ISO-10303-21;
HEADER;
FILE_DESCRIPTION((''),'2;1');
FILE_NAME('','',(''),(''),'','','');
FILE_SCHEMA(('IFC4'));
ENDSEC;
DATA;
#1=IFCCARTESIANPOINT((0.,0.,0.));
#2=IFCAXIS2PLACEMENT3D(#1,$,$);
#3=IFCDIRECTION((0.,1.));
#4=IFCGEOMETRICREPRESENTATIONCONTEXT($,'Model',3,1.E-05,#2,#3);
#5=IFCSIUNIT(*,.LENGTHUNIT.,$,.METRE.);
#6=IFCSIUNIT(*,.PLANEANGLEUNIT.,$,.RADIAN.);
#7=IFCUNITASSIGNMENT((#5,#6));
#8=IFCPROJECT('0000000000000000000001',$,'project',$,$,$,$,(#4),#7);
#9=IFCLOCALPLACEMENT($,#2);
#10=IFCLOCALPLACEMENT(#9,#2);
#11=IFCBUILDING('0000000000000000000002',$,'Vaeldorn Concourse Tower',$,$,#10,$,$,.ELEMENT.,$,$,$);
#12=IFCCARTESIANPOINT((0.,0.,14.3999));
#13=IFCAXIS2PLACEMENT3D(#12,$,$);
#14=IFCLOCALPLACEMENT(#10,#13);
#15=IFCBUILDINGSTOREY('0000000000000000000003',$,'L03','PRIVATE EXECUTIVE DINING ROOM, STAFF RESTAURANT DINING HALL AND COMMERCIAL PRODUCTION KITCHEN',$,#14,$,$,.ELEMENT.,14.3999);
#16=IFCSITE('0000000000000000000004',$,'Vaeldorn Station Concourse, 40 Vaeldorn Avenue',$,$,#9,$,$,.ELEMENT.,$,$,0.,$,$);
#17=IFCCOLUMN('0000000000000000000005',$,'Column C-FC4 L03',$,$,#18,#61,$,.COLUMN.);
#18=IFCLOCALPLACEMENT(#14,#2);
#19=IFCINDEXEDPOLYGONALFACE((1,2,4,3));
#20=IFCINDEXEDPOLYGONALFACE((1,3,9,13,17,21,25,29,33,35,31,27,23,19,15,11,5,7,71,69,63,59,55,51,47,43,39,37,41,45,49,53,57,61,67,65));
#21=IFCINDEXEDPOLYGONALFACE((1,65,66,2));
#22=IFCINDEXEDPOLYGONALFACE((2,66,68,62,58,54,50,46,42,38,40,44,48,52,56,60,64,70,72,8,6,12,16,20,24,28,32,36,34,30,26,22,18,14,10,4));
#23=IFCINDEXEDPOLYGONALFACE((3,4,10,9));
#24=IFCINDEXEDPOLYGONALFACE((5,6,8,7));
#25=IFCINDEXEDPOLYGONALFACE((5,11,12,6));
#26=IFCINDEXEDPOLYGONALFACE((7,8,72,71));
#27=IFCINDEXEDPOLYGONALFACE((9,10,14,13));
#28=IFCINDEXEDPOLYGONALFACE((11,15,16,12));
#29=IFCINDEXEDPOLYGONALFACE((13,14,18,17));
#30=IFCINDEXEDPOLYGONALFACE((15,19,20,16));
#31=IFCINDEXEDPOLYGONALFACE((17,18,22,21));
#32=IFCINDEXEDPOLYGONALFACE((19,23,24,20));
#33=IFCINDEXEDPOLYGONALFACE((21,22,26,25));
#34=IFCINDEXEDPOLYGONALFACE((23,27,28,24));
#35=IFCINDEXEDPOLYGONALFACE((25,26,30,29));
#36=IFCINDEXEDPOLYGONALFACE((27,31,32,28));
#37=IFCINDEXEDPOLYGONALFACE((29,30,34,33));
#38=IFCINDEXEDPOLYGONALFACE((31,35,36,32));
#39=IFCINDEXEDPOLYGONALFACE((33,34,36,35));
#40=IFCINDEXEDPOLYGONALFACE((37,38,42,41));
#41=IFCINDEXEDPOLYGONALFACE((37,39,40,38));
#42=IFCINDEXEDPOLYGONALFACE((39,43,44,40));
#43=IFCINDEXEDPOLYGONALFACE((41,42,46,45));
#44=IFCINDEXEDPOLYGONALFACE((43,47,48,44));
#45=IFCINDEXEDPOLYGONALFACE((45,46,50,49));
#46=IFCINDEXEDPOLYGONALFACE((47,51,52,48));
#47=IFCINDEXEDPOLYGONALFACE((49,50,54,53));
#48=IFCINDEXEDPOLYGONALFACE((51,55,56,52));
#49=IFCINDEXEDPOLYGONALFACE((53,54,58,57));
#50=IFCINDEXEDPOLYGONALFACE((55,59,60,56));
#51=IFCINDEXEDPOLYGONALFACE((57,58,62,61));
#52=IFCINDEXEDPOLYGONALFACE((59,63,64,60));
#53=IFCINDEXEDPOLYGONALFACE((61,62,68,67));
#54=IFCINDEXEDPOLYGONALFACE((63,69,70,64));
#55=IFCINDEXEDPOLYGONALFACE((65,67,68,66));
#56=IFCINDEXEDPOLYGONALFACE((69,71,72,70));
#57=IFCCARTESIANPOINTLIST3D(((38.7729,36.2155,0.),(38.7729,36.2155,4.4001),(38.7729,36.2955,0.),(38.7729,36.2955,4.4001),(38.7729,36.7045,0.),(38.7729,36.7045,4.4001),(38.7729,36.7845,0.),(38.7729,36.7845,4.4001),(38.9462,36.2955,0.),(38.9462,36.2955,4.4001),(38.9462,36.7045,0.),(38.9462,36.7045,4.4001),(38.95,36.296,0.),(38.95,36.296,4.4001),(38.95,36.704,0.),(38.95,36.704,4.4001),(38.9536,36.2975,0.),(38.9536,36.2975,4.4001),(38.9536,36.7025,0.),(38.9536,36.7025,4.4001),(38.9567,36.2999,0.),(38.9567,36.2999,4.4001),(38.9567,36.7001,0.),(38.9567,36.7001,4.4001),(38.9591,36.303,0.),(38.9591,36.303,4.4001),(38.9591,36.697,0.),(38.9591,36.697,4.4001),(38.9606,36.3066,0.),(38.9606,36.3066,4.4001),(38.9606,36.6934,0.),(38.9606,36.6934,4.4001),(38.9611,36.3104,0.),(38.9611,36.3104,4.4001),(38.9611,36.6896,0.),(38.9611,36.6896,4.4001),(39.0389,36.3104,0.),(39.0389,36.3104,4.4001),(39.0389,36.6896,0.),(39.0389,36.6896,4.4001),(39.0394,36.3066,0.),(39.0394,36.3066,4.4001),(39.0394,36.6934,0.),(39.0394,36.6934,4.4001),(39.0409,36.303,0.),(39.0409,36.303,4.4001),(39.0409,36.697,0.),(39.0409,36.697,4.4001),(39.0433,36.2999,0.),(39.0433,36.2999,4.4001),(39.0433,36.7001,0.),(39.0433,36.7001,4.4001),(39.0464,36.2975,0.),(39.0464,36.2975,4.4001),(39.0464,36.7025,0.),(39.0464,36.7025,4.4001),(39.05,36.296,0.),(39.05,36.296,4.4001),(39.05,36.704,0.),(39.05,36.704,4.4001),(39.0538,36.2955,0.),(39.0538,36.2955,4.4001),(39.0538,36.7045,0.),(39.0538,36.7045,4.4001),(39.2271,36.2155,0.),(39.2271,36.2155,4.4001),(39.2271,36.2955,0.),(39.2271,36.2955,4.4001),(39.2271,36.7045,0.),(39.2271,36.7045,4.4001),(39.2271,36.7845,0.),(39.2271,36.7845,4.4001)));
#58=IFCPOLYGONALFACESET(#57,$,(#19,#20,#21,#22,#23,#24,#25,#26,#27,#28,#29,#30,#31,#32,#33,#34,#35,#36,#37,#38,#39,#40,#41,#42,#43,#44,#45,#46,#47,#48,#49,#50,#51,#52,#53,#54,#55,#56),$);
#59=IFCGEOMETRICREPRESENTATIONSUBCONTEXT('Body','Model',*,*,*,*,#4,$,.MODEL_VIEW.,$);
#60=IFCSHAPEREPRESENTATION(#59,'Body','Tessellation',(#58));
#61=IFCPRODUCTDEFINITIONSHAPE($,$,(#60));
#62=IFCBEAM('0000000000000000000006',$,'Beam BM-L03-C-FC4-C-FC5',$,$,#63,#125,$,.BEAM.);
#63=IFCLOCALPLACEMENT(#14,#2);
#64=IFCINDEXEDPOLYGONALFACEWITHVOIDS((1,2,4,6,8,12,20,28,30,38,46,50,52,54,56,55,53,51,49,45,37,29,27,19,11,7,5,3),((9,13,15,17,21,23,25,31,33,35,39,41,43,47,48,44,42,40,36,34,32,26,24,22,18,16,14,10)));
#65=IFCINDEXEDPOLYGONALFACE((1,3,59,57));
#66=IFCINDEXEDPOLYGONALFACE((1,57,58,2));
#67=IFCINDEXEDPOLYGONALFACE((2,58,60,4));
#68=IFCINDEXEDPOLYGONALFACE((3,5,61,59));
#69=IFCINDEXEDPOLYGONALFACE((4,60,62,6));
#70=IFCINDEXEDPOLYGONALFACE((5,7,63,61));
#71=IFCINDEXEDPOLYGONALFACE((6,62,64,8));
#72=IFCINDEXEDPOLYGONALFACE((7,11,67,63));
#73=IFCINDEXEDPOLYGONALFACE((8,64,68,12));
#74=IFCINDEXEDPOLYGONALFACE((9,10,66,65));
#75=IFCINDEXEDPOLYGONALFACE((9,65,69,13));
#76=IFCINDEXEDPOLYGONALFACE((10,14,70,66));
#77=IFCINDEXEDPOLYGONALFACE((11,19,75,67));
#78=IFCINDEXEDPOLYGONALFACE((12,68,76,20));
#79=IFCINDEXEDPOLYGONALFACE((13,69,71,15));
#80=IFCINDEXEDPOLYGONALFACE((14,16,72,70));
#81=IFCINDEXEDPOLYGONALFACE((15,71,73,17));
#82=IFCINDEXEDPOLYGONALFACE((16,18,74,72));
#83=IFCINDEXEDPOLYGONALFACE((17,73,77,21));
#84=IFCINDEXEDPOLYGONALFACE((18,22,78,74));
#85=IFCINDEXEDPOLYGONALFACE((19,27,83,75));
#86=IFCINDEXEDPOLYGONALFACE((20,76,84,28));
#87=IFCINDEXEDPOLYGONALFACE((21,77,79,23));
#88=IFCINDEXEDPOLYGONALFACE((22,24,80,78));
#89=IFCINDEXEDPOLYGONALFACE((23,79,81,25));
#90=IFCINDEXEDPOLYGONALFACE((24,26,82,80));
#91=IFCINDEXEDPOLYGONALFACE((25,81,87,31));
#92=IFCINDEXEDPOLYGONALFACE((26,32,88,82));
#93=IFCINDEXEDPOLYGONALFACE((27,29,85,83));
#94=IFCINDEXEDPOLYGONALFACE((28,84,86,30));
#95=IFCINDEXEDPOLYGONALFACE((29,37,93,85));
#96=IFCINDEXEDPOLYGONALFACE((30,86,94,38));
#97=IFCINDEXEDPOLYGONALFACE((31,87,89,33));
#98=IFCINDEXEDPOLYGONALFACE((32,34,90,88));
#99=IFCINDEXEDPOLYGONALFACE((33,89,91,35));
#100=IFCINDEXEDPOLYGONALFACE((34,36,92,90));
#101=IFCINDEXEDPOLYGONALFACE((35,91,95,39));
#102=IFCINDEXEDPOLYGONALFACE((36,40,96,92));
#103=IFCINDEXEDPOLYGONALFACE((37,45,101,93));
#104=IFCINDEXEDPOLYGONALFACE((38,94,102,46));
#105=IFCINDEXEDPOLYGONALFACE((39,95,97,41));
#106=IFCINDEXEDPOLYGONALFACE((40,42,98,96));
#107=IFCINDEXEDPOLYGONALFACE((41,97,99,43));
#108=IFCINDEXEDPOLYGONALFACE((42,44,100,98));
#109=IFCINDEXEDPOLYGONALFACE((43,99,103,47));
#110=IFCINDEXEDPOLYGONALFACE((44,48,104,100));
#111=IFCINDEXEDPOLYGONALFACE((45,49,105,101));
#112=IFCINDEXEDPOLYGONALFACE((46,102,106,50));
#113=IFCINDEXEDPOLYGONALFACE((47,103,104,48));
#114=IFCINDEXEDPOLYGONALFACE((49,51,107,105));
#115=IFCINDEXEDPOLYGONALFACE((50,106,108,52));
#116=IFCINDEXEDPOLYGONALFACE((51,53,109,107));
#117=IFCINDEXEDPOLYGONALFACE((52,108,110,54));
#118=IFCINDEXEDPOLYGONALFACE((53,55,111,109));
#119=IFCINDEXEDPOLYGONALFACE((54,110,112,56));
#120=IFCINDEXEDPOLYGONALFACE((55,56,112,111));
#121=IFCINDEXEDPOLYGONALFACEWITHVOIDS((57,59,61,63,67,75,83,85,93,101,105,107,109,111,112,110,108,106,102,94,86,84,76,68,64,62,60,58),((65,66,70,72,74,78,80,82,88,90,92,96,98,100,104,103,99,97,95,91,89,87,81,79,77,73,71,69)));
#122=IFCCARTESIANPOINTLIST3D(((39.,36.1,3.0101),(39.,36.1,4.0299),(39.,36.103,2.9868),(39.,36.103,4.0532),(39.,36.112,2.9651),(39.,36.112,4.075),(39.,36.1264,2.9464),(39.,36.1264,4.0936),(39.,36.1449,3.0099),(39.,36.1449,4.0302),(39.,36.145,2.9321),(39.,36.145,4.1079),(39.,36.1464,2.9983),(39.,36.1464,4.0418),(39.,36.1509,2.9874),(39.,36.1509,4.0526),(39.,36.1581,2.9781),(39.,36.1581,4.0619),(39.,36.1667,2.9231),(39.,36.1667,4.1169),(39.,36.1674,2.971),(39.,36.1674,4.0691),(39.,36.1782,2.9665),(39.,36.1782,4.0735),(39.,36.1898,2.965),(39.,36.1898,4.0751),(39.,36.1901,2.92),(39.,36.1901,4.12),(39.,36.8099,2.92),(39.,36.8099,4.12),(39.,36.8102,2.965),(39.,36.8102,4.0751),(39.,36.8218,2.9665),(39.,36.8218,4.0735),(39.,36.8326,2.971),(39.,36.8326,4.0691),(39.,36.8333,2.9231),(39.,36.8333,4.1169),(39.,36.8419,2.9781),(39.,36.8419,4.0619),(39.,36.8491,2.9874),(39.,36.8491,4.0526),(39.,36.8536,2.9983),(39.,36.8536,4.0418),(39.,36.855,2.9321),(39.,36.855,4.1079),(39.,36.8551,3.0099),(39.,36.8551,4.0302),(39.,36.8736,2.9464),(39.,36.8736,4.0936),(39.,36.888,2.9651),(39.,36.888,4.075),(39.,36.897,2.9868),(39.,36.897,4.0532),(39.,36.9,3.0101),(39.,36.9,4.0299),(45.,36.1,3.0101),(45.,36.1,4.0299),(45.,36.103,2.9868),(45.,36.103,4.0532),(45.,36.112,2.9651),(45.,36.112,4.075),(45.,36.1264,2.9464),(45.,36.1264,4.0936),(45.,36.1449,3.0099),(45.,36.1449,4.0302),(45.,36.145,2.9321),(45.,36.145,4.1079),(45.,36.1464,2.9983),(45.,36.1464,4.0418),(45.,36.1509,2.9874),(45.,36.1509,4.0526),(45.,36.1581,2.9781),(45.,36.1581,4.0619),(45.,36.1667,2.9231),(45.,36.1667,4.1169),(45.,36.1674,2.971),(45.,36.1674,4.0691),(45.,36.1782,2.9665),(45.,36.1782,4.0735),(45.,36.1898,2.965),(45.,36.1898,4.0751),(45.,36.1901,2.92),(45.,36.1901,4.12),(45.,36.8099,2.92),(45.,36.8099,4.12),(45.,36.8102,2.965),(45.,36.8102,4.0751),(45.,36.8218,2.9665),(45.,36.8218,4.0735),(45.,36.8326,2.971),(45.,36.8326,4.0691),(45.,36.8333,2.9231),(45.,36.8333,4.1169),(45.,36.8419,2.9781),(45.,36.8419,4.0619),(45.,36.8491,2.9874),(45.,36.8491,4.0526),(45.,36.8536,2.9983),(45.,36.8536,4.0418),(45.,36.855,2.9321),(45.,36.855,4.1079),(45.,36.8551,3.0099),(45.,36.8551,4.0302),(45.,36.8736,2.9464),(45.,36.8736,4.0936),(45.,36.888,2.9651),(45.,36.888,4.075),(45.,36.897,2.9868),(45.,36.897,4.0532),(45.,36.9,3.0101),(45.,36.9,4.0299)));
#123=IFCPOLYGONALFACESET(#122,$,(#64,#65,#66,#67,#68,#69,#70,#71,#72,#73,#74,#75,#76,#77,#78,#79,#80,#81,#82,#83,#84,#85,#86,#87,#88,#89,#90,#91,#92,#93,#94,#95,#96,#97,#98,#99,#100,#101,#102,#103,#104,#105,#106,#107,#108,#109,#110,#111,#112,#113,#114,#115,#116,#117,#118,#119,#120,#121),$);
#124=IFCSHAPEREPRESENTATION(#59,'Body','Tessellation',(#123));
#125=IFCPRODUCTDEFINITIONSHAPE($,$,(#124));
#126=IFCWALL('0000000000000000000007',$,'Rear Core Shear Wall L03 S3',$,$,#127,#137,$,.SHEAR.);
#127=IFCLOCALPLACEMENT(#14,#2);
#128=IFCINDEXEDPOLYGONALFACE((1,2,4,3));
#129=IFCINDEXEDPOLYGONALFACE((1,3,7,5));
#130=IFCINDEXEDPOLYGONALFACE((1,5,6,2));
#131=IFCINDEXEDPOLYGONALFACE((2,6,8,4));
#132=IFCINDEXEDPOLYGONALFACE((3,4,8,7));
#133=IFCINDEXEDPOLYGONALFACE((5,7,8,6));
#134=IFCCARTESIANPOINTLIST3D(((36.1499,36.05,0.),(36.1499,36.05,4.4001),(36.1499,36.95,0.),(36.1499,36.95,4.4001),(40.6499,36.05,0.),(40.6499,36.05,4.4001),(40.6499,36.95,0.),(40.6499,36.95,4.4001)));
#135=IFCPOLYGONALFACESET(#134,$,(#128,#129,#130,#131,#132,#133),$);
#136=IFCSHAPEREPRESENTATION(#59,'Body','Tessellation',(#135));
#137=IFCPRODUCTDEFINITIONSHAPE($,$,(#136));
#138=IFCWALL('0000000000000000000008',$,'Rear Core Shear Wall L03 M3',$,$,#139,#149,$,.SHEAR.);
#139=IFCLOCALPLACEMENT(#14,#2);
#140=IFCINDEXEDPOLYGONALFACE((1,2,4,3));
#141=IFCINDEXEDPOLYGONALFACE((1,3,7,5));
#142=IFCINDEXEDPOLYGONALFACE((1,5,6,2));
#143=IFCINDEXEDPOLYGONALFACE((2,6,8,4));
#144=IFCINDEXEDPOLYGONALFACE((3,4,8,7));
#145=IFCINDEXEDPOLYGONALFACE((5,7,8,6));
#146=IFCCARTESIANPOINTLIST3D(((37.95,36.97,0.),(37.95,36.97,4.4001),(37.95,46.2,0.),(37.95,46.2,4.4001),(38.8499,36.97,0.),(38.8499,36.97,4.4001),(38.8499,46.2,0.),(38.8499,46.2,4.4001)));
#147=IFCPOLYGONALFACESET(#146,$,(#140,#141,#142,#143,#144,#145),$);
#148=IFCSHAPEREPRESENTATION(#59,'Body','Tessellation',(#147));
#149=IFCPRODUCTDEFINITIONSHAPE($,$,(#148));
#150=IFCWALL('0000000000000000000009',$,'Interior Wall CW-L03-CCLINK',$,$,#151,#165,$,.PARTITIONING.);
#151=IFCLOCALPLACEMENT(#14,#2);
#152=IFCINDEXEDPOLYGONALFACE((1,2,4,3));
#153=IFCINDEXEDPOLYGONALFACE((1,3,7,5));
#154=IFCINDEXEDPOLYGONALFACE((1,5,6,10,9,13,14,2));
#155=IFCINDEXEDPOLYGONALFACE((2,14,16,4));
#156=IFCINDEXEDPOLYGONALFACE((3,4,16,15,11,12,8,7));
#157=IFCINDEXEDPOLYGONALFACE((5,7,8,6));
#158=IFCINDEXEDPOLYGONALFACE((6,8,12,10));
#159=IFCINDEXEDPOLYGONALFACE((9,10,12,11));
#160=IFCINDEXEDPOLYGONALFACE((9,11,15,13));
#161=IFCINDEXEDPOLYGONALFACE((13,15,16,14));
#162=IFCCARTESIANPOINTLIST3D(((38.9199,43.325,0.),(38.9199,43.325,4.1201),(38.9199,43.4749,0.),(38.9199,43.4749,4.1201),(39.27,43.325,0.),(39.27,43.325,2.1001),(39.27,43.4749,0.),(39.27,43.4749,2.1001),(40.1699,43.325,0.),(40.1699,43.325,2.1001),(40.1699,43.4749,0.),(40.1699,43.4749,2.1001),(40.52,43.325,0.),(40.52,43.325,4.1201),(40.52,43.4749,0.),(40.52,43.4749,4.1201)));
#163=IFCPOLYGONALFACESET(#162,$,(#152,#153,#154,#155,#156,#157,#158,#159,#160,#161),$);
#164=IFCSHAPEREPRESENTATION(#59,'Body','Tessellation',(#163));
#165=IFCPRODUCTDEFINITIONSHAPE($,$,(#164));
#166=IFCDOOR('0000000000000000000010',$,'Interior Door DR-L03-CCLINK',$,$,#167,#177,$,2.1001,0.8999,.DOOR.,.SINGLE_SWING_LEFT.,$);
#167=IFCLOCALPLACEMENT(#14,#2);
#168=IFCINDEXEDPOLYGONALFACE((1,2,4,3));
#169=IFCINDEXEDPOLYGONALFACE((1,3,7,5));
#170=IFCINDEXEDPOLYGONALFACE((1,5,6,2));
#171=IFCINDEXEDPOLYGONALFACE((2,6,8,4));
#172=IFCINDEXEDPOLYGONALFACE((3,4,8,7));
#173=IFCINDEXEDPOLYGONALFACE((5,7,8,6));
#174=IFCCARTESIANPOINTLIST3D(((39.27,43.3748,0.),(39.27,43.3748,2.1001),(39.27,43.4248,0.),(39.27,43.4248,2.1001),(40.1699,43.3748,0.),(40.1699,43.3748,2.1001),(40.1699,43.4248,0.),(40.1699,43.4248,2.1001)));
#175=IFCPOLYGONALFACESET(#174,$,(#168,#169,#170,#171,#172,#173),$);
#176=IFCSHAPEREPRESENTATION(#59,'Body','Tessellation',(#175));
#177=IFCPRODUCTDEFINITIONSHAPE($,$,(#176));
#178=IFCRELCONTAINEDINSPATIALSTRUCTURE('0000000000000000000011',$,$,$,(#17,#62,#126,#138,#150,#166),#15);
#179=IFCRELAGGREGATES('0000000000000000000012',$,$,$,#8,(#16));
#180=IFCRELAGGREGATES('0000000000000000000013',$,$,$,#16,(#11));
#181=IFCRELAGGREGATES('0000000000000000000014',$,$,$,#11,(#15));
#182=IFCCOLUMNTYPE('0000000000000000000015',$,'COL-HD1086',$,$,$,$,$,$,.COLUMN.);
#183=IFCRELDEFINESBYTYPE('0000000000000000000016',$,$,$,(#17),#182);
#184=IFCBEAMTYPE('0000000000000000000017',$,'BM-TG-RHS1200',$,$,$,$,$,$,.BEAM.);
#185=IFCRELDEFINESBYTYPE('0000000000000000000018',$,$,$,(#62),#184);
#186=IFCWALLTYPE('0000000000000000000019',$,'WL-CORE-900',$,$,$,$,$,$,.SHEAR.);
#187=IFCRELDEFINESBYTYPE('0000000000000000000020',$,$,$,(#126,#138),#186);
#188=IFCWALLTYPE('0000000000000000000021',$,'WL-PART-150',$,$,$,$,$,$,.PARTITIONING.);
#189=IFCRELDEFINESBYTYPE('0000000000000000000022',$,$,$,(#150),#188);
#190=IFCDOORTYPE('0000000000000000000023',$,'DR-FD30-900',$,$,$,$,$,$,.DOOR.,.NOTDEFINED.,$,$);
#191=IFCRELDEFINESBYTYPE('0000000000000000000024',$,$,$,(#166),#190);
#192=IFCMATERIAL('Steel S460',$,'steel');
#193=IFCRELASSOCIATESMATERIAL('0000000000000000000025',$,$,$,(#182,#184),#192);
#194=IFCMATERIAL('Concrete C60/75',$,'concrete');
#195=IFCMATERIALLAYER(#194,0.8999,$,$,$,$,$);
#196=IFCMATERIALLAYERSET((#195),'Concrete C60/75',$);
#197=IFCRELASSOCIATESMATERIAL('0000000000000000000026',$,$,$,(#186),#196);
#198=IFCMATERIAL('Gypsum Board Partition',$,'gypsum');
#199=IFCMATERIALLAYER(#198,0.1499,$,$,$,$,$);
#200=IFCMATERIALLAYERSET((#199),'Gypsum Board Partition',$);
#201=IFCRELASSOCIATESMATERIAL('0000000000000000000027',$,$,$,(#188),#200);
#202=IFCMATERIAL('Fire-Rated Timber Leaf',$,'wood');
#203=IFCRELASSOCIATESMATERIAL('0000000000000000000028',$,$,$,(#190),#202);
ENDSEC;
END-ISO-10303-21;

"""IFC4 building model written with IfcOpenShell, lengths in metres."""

from ifc_helpers import new_model, si_unit, direction, frame, frame_2d, origin, origin_2d, place, context, subcontext, project, spatial, rectangle, hollow_rectangle, i_section, extrude, source, transform, mapped, material, layer, layer_set, material_profile, profile_set, type_object, element, fill, save


model = new_model("IFC4")

# Units and contexts
model_context = context("Model", 3, precision=1e-05, world=origin(), true_north=direction((0.0, 1.0)))
body_context = subcontext(model_context, "Body", "Model", "MODEL_VIEW")
ifc_project = project(units=[si_unit("LENGTHUNIT", "METRE"), si_unit("PLANEANGLEUNIT", "RADIAN")], contexts=[model_context])

# Site, building, storey
site_placement = place(None, origin())
site = spatial("IfcSite", under=ifc_project, at=site_placement, Name="Vaeldorn Station Concourse, 40 Vaeldorn Avenue", CompositionType="ELEMENT", RefElevation=0.0)
building_placement = place(site_placement, origin())
building = spatial("IfcBuilding", under=site, at=building_placement, Name="Vaeldorn Concourse Tower", CompositionType="ELEMENT")
storey_placement = place(building_placement, frame((0.0, 0.0, 14.3999)))
storey = spatial("IfcBuildingStorey", under=building, at=storey_placement, Name="L03", Description="PRIVATE EXECUTIVE DINING ROOM, STAFF RESTAURANT DINING HALL AND COMMERCIAL PRODUCTION KITCHEN", CompositionType="ELEMENT", Elevation=14.3999)

# Column
ifc_material_1 = material(Name="Steel S460", Category="steel")
ifc_material_profile_1 = material_profile(ifc_material_1, i_section(OverallWidth=0.4541, OverallDepth=0.5691, WebThickness=0.0779, FlangeThickness=0.0801, FilletRadius=0.0149, at=origin_2d()), Name="HD 400x1086")
ifc_profile_set_1 = profile_set([ifc_material_profile_1], Name="Steel S460")
column_type = type_object("IfcColumnType", Name="COL-HD1086", PredefinedType="COLUMN", material=ifc_profile_set_1)
shared_shape_1 = source(origin(), body_context, "Body", "SweptSolid", [
    extrude(i_section(OverallWidth=0.4541, OverallDepth=0.5691, WebThickness=0.0779, FlangeThickness=0.0801, FilletRadius=0.0149, at=origin_2d()), origin(), (0.0, 0.0, 1.0), 4.4001),
])
column_placement = place(storey_placement, frame((39.0, 36.5, 0.0), z_axis=(0.0, 0.0, 1.0), x_axis=(1.0, 0.0, 0.0)))
element("IfcColumn", 1, at=column_placement, inside=storey, type_object=column_type, Name="Column C-FC4 L03", PredefinedType="COLUMN", context=body_context, shape_type="MappedRepresentation", body=[
    mapped(shared_shape_1, transform((0.0, 0.0, 0.0), scale=1.0)),
])

# Beam
ifc_material_profile_2 = material_profile(ifc_material_1, hollow_rectangle(XDim=0.8, YDim=1.2, WallThickness=0.0449, InnerFilletRadius=0.0449, OuterFilletRadius=0.0901, at=origin_2d()), Name="RHS 1200x800x45")
ifc_profile_set_2 = profile_set([ifc_material_profile_2], Name="Steel S460")
beam_type = type_object("IfcBeamType", Name="BM-TG-RHS1200", PredefinedType="BEAM", material=ifc_profile_set_2)
shared_shape_2 = source(origin(), body_context, "Body", "SweptSolid", [
    extrude(hollow_rectangle(XDim=0.8, YDim=1.2, WallThickness=0.0449, InnerFilletRadius=0.0449, OuterFilletRadius=0.0901, at=origin_2d()), origin(), (0.0, 0.0, 1.0), 6.0),
])
beam_placement = place(storey_placement, frame((39.0, 36.5, 3.52), z_axis=(1.0, 0.0, 0.0), x_axis=(0.0, 1.0, 0.0)))
element("IfcBeam", 2, at=beam_placement, inside=storey, type_object=beam_type, Name="Beam BM-L03-C-FC4-C-FC5", PredefinedType="BEAM", context=body_context, shape_type="MappedRepresentation", body=[
    mapped(shared_shape_2, transform((0.0, 0.0, 0.0), scale=1.0)),
])

# Walls
ifc_material_2 = material(Name="Concrete C60/75", Category="concrete")
ifc_layer_1 = layer(ifc_material_2, 0.8999)
ifc_layer_set_1 = layer_set([ifc_layer_1], Name="Concrete C60/75")
wall_type_1 = type_object("IfcWallType", Name="WL-CORE-900", PredefinedType="SHEAR", material=ifc_layer_set_1)
wall_1_placement = place(storey_placement, frame((36.1499, 36.5, 0.0), z_axis=(0.0, 0.0, 1.0), x_axis=(1.0, 0.0, 0.0)))
element("IfcWall", 3, at=wall_1_placement, inside=storey, type_object=wall_type_1, Name="Rear Core Shear Wall L03 S3", PredefinedType="SHEAR", context=body_context, shape_type="SweptSolid", body=[
    extrude(rectangle(XDim=4.5, YDim=0.8999, at=frame_2d((2.25, 0.0))), origin(), (0.0, 0.0, 1.0), 4.4001),
])
wall_2_placement = place(storey_placement, frame((38.3999, 36.97, 0.0), z_axis=(0.0, 0.0, 1.0), x_axis=(0.0, 1.0, 0.0)))
element("IfcWall", 4, at=wall_2_placement, inside=storey, type_object=wall_type_1, Name="Rear Core Shear Wall L03 M3", PredefinedType="SHEAR", context=body_context, shape_type="SweptSolid", body=[
    extrude(rectangle(XDim=9.23, YDim=0.8999, at=frame_2d((4.615, 0.0))), origin(), (0.0, 0.0, 1.0), 4.4001),
])

# Wall, opening, door
ifc_material_3 = material(Name="Gypsum Board Partition", Category="gypsum")
ifc_layer_2 = layer(ifc_material_3, 0.1499)
ifc_layer_set_2 = layer_set([ifc_layer_2], Name="Gypsum Board Partition")
wall_type_2 = type_object("IfcWallType", Name="WL-PART-150", PredefinedType="PARTITIONING", material=ifc_layer_set_2)
wall_3_placement = place(storey_placement, frame((38.9199, 43.3999, 0.0), z_axis=(0.0, 0.0, 1.0), x_axis=(1.0, 0.0, 0.0)))
wall_3 = element("IfcWall", 5, at=wall_3_placement, inside=storey, type_object=wall_type_2, Name="Interior Wall CW-L03-CCLINK", PredefinedType="PARTITIONING", context=body_context, shape_type="SweptSolid", body=[
    extrude(rectangle(XDim=1.6001, YDim=0.1499, at=frame_2d((0.8, 0.0))), origin(), (0.0, 0.0, 1.0), 4.1201),
])
opening_1_placement = place(wall_3_placement, frame((0.3501, 0.0, 0.0)))
opening_1 = element("IfcOpeningElement", 6, at=opening_1_placement, cuts=wall_3, PredefinedType="OPENING", context=body_context, shape_type="SweptSolid", body=[
    extrude(rectangle(XDim=0.8999, YDim=2.1001, at=frame_2d((0.45, 1.05))), frame((0.0, 0.085, 0.0), z_axis=(0.0, -1.0, 0.0), x_axis=(1.0, 0.0, 0.0)), (0.0, 0.0, 1.0), 0.1699),
])
ifc_material_4 = material(Name="Fire-Rated Timber Leaf", Category="wood")
door_type_1 = type_object("IfcDoorType", Name="DR-FD30-900", OperationType="NOTDEFINED", PredefinedType="DOOR", material=ifc_material_4)
shared_shape_3 = source(origin(), body_context, "Body", "SweptSolid", [
    extrude(rectangle(XDim=0.8999, YDim=2.1001, at=frame_2d((0.45, 1.05))), frame((0.0, 0.0249, 0.0), z_axis=(0.0, -1.0, 0.0), x_axis=(1.0, 0.0, 0.0)), (0.0, 0.0, 1.0), 0.05),
])
door_1_placement = place(opening_1_placement, origin())
door_1 = element("IfcDoor", 7, at=door_1_placement, inside=storey, type_object=door_type_1, Name="Interior Door DR-L03-CCLINK", OperationType="SINGLE_SWING_LEFT", OverallHeight=2.1001, OverallWidth=0.8999, PredefinedType="DOOR", context=body_context, shape_type="MappedRepresentation", body=[
    mapped(shared_shape_3, transform((0.0, 0.0, 0.0), scale=1.0)),
])
fill(opening_1, door_1)

save(model, "model.ifc")
